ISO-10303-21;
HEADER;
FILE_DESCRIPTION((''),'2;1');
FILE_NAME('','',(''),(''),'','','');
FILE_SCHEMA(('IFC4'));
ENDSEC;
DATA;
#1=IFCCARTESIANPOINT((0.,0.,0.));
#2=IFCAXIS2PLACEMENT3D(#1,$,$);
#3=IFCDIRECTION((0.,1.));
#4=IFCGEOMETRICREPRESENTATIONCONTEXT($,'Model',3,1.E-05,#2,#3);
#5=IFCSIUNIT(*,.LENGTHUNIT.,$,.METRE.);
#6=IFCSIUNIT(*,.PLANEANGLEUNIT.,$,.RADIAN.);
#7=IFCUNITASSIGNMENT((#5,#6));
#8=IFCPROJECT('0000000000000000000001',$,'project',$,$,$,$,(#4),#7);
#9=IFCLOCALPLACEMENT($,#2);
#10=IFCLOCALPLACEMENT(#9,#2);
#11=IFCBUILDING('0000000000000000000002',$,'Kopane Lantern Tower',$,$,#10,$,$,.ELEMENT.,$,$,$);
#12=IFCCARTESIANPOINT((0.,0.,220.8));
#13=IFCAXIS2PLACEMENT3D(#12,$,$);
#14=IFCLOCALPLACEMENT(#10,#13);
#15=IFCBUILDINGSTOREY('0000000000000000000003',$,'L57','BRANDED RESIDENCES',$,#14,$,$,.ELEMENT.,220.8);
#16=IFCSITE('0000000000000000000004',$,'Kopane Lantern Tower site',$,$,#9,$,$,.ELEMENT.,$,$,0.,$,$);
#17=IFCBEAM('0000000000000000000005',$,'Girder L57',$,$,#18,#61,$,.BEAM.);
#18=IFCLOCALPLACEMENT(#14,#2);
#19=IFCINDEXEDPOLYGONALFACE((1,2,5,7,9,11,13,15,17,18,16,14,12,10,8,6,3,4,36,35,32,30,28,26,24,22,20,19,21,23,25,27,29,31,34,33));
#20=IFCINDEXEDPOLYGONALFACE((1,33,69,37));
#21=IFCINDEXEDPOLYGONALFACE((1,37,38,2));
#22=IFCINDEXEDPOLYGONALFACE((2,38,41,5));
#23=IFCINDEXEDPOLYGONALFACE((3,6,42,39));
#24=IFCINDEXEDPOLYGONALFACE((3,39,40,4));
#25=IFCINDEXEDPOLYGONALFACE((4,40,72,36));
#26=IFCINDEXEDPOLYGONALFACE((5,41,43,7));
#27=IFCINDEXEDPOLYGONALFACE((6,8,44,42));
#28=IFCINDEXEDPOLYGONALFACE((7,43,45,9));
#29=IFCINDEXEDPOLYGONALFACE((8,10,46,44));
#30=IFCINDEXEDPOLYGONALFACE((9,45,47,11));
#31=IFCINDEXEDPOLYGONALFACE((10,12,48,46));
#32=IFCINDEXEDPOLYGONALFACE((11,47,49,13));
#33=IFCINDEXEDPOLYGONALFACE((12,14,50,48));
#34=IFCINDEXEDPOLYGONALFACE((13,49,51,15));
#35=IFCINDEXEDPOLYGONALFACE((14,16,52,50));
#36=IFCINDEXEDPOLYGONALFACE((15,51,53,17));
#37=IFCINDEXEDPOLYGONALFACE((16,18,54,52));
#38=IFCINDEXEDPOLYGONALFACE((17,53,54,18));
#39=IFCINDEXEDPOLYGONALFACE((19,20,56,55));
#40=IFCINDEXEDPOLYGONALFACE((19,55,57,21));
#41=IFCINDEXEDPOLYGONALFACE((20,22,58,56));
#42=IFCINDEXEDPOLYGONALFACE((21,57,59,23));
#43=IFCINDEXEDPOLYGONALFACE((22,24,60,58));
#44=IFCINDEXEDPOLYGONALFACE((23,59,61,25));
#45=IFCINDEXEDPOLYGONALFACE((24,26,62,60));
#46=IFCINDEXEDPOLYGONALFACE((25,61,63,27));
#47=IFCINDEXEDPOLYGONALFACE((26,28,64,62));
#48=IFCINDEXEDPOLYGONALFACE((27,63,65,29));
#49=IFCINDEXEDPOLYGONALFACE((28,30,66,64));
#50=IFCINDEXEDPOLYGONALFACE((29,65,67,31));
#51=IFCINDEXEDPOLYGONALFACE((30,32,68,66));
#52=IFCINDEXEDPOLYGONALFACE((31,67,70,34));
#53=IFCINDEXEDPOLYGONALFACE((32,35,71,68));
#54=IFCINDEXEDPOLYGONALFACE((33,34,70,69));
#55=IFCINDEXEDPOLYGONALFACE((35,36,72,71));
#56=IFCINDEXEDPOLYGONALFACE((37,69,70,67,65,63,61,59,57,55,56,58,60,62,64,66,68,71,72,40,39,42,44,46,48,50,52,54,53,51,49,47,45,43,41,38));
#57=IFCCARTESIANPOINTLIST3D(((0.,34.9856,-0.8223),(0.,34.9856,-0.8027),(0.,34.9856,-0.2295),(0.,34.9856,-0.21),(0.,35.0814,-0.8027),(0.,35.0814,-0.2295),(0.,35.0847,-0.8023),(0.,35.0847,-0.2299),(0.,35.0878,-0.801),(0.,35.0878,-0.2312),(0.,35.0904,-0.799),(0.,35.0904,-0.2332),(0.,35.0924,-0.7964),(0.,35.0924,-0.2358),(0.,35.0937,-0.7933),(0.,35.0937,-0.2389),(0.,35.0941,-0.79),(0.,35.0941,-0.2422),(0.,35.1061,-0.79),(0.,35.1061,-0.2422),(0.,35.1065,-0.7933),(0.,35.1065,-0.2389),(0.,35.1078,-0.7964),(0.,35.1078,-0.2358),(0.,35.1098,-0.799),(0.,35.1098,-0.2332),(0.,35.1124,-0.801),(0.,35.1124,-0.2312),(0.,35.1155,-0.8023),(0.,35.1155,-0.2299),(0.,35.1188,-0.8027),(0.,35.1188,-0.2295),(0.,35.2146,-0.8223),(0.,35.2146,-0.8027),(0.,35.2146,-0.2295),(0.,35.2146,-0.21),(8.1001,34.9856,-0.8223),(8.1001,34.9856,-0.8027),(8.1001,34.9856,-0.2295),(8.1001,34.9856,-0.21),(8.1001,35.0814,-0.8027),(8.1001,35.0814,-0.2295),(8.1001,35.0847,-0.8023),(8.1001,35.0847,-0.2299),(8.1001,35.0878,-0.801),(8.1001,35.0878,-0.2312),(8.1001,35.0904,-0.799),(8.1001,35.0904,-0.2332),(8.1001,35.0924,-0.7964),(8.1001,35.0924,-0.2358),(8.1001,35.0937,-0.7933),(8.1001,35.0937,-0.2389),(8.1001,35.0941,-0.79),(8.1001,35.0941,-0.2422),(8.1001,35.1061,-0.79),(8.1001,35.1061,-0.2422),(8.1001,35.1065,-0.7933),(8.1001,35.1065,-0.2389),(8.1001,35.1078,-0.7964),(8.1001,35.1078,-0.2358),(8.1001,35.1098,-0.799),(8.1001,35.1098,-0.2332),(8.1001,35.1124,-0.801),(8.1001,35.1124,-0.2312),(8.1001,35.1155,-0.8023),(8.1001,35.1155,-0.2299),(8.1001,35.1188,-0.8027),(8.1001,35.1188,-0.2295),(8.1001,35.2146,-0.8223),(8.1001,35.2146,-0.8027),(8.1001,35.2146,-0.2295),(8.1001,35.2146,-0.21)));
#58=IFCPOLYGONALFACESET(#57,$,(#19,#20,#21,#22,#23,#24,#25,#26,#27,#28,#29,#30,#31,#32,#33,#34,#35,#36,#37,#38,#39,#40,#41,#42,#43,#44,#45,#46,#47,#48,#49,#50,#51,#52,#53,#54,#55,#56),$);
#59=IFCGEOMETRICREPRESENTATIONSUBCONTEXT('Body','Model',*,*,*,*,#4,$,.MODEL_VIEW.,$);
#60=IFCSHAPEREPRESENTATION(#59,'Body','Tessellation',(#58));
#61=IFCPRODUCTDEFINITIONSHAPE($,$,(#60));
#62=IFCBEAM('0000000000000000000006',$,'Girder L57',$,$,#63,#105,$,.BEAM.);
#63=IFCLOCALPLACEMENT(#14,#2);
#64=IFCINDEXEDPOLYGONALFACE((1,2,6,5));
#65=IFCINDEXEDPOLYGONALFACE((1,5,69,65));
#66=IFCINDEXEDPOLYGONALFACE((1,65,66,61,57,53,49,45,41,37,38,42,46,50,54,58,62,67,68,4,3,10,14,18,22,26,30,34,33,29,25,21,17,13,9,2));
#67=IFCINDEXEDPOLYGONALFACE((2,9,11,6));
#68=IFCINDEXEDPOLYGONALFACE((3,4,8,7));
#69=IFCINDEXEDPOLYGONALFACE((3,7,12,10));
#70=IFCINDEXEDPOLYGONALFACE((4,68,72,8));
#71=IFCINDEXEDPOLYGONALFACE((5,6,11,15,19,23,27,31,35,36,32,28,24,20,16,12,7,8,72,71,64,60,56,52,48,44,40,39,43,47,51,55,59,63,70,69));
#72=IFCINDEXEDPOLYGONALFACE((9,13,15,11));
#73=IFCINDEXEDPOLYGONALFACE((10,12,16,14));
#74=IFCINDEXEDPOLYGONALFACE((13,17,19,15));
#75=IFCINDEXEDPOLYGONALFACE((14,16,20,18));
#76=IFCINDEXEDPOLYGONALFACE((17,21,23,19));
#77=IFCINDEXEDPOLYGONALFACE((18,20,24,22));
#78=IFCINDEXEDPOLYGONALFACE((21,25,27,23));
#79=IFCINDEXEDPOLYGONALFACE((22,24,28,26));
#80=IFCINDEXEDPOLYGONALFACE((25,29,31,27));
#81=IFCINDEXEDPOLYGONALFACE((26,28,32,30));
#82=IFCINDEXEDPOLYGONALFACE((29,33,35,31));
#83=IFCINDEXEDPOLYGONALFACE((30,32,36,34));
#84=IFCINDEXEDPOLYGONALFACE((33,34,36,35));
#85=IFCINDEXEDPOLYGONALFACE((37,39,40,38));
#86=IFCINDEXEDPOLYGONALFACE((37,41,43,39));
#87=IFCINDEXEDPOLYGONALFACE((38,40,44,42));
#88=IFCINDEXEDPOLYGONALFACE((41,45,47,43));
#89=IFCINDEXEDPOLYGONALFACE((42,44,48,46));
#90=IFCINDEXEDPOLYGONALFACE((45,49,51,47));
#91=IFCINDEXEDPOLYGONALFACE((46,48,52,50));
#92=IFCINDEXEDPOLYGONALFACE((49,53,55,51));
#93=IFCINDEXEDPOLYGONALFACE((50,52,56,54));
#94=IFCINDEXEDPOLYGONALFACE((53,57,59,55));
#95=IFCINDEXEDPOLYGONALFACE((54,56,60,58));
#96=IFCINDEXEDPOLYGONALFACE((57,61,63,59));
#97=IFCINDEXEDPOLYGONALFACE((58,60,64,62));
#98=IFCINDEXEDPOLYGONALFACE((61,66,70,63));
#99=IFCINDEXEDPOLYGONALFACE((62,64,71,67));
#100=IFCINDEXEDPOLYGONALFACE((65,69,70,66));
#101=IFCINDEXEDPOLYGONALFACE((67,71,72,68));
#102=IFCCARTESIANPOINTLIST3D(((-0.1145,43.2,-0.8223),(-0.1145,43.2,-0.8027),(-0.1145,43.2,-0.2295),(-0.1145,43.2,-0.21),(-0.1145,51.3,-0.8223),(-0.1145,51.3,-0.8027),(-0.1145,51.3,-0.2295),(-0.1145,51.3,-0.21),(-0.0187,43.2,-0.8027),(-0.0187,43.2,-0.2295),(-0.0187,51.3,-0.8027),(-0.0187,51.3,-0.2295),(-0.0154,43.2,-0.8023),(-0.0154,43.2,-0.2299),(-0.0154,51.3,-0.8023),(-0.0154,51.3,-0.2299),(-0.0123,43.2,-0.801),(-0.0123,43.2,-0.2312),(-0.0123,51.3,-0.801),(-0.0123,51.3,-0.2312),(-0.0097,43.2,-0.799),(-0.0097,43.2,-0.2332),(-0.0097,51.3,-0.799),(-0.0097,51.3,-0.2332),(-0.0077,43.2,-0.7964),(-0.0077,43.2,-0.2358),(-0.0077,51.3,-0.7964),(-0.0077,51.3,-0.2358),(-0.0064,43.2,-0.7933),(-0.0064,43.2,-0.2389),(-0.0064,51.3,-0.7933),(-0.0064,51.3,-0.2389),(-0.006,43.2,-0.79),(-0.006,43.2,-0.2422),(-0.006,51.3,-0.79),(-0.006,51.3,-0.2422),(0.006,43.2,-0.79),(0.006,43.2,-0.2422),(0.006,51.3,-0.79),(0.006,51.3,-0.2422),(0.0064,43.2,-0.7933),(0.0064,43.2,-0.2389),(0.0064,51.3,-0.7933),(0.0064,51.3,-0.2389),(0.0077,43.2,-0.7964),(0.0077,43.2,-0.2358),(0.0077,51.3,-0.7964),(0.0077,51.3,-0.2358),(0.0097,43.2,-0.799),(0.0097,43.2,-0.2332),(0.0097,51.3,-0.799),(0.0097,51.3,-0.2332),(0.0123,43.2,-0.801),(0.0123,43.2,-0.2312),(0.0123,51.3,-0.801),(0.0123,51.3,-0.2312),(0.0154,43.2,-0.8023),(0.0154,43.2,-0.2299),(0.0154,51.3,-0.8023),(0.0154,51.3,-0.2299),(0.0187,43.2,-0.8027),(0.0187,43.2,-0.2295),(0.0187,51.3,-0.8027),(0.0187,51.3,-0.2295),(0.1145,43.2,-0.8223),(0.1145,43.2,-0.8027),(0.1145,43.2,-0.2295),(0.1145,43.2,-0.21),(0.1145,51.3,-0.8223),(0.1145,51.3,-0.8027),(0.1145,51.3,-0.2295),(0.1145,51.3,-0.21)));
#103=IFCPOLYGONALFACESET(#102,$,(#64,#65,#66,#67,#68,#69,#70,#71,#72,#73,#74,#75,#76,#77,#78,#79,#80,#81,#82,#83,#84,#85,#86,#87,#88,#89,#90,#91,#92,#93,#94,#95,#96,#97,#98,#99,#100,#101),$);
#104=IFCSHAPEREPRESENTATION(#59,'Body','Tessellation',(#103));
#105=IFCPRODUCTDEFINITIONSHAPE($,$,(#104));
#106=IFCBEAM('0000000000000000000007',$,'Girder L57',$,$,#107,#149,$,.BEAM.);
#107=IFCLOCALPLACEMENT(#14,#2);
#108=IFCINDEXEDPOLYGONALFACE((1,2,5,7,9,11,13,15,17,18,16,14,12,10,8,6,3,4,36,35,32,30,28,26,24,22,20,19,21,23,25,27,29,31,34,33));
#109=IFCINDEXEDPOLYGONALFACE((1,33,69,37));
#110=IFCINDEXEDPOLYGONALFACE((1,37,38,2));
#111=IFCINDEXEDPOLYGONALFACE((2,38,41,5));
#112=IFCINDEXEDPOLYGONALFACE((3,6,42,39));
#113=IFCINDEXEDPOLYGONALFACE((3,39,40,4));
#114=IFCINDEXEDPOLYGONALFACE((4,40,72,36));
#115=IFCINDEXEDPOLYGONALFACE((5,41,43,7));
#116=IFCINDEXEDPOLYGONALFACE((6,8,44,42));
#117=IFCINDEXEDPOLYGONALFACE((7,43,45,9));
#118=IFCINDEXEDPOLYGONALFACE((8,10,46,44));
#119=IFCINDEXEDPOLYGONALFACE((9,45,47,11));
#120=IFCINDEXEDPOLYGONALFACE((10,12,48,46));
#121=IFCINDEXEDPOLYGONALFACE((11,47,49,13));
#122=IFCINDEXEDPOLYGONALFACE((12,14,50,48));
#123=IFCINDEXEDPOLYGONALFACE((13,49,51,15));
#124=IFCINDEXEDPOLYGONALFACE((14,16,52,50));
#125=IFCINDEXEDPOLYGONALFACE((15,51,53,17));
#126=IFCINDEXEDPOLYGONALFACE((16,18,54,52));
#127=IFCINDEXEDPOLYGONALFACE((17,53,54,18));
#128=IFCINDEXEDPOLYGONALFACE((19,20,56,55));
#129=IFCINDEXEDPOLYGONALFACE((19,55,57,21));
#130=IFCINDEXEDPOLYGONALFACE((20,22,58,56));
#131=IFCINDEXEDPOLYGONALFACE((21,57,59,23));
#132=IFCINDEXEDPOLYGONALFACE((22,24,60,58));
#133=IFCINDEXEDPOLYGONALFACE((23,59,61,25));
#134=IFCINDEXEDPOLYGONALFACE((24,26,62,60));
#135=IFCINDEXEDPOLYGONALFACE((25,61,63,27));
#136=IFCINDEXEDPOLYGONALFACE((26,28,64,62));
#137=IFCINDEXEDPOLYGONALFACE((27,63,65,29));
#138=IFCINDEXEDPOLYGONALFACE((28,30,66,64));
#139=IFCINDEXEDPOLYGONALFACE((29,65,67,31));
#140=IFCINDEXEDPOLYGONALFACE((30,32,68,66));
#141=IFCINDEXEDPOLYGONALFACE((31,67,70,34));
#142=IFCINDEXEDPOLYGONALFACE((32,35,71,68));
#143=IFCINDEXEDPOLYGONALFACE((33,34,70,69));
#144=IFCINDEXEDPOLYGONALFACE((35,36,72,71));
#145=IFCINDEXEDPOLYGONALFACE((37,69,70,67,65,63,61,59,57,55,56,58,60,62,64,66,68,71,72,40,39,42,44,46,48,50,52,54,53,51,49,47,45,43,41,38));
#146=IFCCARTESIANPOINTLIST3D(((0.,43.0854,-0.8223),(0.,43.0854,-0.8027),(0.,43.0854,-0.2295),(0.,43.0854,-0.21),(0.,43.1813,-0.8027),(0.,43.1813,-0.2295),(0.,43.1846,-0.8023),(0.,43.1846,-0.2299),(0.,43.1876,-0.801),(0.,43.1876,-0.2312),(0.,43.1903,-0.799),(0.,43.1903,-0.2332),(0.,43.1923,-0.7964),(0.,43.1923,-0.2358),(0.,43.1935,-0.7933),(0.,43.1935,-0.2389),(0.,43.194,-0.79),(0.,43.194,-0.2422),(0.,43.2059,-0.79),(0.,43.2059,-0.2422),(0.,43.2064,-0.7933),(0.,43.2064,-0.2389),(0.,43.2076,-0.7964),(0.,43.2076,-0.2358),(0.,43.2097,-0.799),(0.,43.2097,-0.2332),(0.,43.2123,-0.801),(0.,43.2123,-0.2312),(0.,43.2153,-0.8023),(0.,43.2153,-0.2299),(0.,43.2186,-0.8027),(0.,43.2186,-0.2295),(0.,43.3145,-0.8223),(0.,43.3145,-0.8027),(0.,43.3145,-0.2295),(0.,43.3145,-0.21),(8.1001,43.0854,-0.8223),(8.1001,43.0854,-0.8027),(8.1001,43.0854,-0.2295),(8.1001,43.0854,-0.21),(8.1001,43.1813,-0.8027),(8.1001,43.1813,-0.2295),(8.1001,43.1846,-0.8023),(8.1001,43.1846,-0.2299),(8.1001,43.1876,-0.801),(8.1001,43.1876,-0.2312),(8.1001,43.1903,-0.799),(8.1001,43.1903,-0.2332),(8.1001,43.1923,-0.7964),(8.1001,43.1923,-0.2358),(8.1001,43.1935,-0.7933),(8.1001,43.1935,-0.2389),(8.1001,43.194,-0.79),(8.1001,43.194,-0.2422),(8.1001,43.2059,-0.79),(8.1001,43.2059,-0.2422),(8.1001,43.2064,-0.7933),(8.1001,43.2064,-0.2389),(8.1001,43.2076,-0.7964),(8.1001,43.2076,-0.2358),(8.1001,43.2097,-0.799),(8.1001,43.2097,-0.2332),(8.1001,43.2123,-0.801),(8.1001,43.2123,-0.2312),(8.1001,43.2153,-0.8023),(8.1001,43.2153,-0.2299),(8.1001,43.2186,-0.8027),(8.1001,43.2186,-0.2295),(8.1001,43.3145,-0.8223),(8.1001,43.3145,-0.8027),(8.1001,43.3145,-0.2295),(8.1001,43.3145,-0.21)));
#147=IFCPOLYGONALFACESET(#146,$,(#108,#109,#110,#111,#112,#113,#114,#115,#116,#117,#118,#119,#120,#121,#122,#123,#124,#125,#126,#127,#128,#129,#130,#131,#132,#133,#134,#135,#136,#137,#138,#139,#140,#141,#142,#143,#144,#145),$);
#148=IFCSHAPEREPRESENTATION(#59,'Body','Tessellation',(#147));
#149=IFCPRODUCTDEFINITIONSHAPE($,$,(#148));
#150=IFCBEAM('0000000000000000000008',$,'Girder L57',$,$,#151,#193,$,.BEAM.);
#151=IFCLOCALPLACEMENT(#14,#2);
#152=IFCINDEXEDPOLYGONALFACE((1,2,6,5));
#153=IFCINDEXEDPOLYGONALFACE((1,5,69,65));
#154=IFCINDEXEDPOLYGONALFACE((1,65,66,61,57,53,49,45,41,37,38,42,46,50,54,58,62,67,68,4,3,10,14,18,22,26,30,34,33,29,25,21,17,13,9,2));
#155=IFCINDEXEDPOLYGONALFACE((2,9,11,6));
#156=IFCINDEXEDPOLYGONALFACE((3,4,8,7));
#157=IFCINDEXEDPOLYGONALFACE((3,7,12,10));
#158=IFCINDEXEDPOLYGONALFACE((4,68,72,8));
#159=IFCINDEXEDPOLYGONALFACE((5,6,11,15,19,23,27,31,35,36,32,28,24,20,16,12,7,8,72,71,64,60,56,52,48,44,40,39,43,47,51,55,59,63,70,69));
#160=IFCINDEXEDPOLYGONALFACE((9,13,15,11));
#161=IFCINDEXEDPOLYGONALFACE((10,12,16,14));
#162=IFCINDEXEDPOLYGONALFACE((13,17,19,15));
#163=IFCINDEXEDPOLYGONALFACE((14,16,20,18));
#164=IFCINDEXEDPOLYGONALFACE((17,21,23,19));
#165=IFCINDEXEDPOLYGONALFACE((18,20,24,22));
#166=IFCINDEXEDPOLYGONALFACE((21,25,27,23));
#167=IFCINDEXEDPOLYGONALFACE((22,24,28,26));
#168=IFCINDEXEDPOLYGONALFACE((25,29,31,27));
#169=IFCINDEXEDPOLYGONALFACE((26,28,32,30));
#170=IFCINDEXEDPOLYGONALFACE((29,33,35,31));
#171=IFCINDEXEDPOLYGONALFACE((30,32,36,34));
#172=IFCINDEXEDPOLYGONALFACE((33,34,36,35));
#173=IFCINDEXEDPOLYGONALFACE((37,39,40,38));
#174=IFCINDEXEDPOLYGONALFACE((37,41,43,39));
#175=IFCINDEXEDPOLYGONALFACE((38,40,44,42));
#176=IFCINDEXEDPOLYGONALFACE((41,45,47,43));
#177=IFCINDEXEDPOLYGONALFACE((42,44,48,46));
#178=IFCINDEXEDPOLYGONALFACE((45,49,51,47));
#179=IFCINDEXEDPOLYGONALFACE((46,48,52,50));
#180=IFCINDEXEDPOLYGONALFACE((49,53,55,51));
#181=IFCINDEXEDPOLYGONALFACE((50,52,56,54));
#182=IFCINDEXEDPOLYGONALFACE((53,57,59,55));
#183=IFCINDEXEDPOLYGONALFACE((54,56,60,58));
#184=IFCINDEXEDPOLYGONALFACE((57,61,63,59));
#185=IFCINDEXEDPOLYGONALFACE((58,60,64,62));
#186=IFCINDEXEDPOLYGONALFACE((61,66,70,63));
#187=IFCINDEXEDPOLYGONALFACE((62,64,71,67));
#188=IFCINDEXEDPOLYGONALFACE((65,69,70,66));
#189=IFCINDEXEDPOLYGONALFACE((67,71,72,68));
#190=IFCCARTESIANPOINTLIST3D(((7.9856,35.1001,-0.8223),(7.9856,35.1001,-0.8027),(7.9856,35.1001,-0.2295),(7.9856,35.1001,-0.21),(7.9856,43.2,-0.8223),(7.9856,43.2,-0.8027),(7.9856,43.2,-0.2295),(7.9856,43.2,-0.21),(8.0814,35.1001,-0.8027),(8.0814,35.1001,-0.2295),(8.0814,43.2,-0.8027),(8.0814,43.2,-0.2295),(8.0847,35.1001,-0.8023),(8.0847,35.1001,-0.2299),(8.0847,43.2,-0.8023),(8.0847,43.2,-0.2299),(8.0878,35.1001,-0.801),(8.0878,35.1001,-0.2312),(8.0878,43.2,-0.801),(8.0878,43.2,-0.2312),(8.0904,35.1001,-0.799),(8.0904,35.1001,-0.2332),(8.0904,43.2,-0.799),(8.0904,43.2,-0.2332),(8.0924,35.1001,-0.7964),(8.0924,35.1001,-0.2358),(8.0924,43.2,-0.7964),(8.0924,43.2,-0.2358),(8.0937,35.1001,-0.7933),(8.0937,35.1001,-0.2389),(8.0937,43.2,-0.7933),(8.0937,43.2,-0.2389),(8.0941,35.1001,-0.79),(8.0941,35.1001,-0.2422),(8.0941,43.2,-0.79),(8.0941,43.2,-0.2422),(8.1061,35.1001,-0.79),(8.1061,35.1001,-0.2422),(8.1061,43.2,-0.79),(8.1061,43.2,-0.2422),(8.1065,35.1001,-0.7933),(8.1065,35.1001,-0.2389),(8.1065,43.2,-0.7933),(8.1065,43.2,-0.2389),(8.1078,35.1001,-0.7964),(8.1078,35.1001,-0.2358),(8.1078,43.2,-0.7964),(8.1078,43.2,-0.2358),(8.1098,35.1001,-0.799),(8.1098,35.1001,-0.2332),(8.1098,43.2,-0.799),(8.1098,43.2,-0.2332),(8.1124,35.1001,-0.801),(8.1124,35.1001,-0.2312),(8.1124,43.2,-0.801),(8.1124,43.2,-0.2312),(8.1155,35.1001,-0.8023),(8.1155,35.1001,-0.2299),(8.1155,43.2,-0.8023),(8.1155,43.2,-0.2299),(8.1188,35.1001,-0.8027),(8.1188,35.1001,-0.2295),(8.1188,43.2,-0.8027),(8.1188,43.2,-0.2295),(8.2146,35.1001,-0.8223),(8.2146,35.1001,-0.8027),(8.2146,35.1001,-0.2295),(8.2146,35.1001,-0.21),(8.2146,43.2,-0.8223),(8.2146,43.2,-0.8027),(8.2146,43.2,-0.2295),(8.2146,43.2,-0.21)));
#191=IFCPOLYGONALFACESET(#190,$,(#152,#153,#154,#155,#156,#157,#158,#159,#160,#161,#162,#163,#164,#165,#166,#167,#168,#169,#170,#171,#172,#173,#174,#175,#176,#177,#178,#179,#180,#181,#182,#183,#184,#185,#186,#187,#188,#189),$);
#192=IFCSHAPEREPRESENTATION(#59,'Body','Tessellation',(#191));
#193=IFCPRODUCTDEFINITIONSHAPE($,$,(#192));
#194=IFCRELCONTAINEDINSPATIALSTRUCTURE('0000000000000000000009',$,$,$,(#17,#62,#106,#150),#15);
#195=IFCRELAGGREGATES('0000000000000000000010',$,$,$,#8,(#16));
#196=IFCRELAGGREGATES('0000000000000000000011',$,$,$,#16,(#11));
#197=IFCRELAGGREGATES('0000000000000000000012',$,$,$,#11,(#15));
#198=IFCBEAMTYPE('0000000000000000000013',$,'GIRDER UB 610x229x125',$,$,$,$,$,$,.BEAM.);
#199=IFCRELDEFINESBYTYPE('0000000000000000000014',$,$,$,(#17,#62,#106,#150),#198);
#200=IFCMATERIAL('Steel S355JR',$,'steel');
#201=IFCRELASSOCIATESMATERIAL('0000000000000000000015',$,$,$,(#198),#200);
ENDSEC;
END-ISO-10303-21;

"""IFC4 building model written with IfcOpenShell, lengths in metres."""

from ifc_helpers import new_model, si_unit, direction, frame, origin, origin_2d, place, context, subcontext, project, spatial, i_section, extrude, material, material_profile, profile_set, type_object, element, save


model = new_model("IFC4")

# Units and contexts
model_context = context("Model", 3, precision=1e-05, world=origin(), true_north=direction((0.0, 1.0)))
body_context = subcontext(model_context, "Body", "Model", "MODEL_VIEW")
ifc_project = project(units=[si_unit("LENGTHUNIT", "METRE"), si_unit("PLANEANGLEUNIT", "RADIAN")], contexts=[model_context])

# Site, building, storey
site_placement = place(None, origin())
site = spatial("IfcSite", under=ifc_project, at=site_placement, Name="Kopane Lantern Tower site", CompositionType="ELEMENT", RefElevation=0.0)
building_placement = place(site_placement, origin())
building = spatial("IfcBuilding", under=site, at=building_placement, Name="Kopane Lantern Tower", CompositionType="ELEMENT")
storey_placement = place(building_placement, frame((0.0, 0.0, 220.8)))
storey = spatial("IfcBuildingStorey", under=building, at=storey_placement, Name="L57", Description="BRANDED RESIDENCES", CompositionType="ELEMENT", Elevation=220.8)

# Beams
ifc_material_1 = material(Name="Steel S355JR", Category="steel")
ifc_material_profile_1 = material_profile(ifc_material_1, i_section(OverallWidth=0.229, OverallDepth=0.6123, WebThickness=0.012, FlangeThickness=0.0195, FilletRadius=0.0127, at=origin_2d()), Name="UB 610x229x125")
ifc_profile_set_1 = profile_set([ifc_material_profile_1], Name="Steel S355JR")
beam_type = type_object("IfcBeamType", Name="GIRDER UB 610x229x125", PredefinedType="BEAM", material=ifc_profile_set_1)
for number, where, z_axis, x_axis, name in (
    (1, (0.0, 35.1001, -0.5161), (1.0, 0.0, 0.0), (0.0, 1.0, 0.0), "Girder L57"),
    (2, (0.0, 43.2, -0.5161), (0.0, 1.0, 0.0), (-1.0, 0.0, 0.0), "Girder L57"),
    (3, (0.0, 43.2, -0.5161), (1.0, 0.0, 0.0), (0.0, 1.0, 0.0), "Girder L57"),
):
    element("IfcBeam", number, at=place(storey_placement, frame(where, z_axis=z_axis, x_axis=x_axis)), inside=storey, type_object=beam_type, Name=name, PredefinedType="BEAM", context=body_context, shape_type="SweptSolid", body=[
        extrude(i_section(OverallWidth=0.229, OverallDepth=0.6123, WebThickness=0.012, FlangeThickness=0.0195, FilletRadius=0.0127, at=origin_2d()), origin(), (0.0, 0.0, 1.0), 8.1001),
    ])
for number, where, z_axis, x_axis, name in (
    (4, (8.1001, 35.1001, -0.5161), (0.0, 1.0, 0.0), (-1.0, 0.0, 0.0), "Girder L57"),
):
    element("IfcBeam", number, at=place(storey_placement, frame(where, z_axis=z_axis, x_axis=x_axis)), inside=storey, type_object=beam_type, Name=name, PredefinedType="BEAM", context=body_context, shape_type="SweptSolid", body=[
        extrude(i_section(OverallWidth=0.229, OverallDepth=0.6123, WebThickness=0.012, FlangeThickness=0.0195, FilletRadius=0.0127, at=origin_2d()), origin(), (0.0, 0.0, 1.0), 8.0999),
    ])

save(model, "model.ifc")
